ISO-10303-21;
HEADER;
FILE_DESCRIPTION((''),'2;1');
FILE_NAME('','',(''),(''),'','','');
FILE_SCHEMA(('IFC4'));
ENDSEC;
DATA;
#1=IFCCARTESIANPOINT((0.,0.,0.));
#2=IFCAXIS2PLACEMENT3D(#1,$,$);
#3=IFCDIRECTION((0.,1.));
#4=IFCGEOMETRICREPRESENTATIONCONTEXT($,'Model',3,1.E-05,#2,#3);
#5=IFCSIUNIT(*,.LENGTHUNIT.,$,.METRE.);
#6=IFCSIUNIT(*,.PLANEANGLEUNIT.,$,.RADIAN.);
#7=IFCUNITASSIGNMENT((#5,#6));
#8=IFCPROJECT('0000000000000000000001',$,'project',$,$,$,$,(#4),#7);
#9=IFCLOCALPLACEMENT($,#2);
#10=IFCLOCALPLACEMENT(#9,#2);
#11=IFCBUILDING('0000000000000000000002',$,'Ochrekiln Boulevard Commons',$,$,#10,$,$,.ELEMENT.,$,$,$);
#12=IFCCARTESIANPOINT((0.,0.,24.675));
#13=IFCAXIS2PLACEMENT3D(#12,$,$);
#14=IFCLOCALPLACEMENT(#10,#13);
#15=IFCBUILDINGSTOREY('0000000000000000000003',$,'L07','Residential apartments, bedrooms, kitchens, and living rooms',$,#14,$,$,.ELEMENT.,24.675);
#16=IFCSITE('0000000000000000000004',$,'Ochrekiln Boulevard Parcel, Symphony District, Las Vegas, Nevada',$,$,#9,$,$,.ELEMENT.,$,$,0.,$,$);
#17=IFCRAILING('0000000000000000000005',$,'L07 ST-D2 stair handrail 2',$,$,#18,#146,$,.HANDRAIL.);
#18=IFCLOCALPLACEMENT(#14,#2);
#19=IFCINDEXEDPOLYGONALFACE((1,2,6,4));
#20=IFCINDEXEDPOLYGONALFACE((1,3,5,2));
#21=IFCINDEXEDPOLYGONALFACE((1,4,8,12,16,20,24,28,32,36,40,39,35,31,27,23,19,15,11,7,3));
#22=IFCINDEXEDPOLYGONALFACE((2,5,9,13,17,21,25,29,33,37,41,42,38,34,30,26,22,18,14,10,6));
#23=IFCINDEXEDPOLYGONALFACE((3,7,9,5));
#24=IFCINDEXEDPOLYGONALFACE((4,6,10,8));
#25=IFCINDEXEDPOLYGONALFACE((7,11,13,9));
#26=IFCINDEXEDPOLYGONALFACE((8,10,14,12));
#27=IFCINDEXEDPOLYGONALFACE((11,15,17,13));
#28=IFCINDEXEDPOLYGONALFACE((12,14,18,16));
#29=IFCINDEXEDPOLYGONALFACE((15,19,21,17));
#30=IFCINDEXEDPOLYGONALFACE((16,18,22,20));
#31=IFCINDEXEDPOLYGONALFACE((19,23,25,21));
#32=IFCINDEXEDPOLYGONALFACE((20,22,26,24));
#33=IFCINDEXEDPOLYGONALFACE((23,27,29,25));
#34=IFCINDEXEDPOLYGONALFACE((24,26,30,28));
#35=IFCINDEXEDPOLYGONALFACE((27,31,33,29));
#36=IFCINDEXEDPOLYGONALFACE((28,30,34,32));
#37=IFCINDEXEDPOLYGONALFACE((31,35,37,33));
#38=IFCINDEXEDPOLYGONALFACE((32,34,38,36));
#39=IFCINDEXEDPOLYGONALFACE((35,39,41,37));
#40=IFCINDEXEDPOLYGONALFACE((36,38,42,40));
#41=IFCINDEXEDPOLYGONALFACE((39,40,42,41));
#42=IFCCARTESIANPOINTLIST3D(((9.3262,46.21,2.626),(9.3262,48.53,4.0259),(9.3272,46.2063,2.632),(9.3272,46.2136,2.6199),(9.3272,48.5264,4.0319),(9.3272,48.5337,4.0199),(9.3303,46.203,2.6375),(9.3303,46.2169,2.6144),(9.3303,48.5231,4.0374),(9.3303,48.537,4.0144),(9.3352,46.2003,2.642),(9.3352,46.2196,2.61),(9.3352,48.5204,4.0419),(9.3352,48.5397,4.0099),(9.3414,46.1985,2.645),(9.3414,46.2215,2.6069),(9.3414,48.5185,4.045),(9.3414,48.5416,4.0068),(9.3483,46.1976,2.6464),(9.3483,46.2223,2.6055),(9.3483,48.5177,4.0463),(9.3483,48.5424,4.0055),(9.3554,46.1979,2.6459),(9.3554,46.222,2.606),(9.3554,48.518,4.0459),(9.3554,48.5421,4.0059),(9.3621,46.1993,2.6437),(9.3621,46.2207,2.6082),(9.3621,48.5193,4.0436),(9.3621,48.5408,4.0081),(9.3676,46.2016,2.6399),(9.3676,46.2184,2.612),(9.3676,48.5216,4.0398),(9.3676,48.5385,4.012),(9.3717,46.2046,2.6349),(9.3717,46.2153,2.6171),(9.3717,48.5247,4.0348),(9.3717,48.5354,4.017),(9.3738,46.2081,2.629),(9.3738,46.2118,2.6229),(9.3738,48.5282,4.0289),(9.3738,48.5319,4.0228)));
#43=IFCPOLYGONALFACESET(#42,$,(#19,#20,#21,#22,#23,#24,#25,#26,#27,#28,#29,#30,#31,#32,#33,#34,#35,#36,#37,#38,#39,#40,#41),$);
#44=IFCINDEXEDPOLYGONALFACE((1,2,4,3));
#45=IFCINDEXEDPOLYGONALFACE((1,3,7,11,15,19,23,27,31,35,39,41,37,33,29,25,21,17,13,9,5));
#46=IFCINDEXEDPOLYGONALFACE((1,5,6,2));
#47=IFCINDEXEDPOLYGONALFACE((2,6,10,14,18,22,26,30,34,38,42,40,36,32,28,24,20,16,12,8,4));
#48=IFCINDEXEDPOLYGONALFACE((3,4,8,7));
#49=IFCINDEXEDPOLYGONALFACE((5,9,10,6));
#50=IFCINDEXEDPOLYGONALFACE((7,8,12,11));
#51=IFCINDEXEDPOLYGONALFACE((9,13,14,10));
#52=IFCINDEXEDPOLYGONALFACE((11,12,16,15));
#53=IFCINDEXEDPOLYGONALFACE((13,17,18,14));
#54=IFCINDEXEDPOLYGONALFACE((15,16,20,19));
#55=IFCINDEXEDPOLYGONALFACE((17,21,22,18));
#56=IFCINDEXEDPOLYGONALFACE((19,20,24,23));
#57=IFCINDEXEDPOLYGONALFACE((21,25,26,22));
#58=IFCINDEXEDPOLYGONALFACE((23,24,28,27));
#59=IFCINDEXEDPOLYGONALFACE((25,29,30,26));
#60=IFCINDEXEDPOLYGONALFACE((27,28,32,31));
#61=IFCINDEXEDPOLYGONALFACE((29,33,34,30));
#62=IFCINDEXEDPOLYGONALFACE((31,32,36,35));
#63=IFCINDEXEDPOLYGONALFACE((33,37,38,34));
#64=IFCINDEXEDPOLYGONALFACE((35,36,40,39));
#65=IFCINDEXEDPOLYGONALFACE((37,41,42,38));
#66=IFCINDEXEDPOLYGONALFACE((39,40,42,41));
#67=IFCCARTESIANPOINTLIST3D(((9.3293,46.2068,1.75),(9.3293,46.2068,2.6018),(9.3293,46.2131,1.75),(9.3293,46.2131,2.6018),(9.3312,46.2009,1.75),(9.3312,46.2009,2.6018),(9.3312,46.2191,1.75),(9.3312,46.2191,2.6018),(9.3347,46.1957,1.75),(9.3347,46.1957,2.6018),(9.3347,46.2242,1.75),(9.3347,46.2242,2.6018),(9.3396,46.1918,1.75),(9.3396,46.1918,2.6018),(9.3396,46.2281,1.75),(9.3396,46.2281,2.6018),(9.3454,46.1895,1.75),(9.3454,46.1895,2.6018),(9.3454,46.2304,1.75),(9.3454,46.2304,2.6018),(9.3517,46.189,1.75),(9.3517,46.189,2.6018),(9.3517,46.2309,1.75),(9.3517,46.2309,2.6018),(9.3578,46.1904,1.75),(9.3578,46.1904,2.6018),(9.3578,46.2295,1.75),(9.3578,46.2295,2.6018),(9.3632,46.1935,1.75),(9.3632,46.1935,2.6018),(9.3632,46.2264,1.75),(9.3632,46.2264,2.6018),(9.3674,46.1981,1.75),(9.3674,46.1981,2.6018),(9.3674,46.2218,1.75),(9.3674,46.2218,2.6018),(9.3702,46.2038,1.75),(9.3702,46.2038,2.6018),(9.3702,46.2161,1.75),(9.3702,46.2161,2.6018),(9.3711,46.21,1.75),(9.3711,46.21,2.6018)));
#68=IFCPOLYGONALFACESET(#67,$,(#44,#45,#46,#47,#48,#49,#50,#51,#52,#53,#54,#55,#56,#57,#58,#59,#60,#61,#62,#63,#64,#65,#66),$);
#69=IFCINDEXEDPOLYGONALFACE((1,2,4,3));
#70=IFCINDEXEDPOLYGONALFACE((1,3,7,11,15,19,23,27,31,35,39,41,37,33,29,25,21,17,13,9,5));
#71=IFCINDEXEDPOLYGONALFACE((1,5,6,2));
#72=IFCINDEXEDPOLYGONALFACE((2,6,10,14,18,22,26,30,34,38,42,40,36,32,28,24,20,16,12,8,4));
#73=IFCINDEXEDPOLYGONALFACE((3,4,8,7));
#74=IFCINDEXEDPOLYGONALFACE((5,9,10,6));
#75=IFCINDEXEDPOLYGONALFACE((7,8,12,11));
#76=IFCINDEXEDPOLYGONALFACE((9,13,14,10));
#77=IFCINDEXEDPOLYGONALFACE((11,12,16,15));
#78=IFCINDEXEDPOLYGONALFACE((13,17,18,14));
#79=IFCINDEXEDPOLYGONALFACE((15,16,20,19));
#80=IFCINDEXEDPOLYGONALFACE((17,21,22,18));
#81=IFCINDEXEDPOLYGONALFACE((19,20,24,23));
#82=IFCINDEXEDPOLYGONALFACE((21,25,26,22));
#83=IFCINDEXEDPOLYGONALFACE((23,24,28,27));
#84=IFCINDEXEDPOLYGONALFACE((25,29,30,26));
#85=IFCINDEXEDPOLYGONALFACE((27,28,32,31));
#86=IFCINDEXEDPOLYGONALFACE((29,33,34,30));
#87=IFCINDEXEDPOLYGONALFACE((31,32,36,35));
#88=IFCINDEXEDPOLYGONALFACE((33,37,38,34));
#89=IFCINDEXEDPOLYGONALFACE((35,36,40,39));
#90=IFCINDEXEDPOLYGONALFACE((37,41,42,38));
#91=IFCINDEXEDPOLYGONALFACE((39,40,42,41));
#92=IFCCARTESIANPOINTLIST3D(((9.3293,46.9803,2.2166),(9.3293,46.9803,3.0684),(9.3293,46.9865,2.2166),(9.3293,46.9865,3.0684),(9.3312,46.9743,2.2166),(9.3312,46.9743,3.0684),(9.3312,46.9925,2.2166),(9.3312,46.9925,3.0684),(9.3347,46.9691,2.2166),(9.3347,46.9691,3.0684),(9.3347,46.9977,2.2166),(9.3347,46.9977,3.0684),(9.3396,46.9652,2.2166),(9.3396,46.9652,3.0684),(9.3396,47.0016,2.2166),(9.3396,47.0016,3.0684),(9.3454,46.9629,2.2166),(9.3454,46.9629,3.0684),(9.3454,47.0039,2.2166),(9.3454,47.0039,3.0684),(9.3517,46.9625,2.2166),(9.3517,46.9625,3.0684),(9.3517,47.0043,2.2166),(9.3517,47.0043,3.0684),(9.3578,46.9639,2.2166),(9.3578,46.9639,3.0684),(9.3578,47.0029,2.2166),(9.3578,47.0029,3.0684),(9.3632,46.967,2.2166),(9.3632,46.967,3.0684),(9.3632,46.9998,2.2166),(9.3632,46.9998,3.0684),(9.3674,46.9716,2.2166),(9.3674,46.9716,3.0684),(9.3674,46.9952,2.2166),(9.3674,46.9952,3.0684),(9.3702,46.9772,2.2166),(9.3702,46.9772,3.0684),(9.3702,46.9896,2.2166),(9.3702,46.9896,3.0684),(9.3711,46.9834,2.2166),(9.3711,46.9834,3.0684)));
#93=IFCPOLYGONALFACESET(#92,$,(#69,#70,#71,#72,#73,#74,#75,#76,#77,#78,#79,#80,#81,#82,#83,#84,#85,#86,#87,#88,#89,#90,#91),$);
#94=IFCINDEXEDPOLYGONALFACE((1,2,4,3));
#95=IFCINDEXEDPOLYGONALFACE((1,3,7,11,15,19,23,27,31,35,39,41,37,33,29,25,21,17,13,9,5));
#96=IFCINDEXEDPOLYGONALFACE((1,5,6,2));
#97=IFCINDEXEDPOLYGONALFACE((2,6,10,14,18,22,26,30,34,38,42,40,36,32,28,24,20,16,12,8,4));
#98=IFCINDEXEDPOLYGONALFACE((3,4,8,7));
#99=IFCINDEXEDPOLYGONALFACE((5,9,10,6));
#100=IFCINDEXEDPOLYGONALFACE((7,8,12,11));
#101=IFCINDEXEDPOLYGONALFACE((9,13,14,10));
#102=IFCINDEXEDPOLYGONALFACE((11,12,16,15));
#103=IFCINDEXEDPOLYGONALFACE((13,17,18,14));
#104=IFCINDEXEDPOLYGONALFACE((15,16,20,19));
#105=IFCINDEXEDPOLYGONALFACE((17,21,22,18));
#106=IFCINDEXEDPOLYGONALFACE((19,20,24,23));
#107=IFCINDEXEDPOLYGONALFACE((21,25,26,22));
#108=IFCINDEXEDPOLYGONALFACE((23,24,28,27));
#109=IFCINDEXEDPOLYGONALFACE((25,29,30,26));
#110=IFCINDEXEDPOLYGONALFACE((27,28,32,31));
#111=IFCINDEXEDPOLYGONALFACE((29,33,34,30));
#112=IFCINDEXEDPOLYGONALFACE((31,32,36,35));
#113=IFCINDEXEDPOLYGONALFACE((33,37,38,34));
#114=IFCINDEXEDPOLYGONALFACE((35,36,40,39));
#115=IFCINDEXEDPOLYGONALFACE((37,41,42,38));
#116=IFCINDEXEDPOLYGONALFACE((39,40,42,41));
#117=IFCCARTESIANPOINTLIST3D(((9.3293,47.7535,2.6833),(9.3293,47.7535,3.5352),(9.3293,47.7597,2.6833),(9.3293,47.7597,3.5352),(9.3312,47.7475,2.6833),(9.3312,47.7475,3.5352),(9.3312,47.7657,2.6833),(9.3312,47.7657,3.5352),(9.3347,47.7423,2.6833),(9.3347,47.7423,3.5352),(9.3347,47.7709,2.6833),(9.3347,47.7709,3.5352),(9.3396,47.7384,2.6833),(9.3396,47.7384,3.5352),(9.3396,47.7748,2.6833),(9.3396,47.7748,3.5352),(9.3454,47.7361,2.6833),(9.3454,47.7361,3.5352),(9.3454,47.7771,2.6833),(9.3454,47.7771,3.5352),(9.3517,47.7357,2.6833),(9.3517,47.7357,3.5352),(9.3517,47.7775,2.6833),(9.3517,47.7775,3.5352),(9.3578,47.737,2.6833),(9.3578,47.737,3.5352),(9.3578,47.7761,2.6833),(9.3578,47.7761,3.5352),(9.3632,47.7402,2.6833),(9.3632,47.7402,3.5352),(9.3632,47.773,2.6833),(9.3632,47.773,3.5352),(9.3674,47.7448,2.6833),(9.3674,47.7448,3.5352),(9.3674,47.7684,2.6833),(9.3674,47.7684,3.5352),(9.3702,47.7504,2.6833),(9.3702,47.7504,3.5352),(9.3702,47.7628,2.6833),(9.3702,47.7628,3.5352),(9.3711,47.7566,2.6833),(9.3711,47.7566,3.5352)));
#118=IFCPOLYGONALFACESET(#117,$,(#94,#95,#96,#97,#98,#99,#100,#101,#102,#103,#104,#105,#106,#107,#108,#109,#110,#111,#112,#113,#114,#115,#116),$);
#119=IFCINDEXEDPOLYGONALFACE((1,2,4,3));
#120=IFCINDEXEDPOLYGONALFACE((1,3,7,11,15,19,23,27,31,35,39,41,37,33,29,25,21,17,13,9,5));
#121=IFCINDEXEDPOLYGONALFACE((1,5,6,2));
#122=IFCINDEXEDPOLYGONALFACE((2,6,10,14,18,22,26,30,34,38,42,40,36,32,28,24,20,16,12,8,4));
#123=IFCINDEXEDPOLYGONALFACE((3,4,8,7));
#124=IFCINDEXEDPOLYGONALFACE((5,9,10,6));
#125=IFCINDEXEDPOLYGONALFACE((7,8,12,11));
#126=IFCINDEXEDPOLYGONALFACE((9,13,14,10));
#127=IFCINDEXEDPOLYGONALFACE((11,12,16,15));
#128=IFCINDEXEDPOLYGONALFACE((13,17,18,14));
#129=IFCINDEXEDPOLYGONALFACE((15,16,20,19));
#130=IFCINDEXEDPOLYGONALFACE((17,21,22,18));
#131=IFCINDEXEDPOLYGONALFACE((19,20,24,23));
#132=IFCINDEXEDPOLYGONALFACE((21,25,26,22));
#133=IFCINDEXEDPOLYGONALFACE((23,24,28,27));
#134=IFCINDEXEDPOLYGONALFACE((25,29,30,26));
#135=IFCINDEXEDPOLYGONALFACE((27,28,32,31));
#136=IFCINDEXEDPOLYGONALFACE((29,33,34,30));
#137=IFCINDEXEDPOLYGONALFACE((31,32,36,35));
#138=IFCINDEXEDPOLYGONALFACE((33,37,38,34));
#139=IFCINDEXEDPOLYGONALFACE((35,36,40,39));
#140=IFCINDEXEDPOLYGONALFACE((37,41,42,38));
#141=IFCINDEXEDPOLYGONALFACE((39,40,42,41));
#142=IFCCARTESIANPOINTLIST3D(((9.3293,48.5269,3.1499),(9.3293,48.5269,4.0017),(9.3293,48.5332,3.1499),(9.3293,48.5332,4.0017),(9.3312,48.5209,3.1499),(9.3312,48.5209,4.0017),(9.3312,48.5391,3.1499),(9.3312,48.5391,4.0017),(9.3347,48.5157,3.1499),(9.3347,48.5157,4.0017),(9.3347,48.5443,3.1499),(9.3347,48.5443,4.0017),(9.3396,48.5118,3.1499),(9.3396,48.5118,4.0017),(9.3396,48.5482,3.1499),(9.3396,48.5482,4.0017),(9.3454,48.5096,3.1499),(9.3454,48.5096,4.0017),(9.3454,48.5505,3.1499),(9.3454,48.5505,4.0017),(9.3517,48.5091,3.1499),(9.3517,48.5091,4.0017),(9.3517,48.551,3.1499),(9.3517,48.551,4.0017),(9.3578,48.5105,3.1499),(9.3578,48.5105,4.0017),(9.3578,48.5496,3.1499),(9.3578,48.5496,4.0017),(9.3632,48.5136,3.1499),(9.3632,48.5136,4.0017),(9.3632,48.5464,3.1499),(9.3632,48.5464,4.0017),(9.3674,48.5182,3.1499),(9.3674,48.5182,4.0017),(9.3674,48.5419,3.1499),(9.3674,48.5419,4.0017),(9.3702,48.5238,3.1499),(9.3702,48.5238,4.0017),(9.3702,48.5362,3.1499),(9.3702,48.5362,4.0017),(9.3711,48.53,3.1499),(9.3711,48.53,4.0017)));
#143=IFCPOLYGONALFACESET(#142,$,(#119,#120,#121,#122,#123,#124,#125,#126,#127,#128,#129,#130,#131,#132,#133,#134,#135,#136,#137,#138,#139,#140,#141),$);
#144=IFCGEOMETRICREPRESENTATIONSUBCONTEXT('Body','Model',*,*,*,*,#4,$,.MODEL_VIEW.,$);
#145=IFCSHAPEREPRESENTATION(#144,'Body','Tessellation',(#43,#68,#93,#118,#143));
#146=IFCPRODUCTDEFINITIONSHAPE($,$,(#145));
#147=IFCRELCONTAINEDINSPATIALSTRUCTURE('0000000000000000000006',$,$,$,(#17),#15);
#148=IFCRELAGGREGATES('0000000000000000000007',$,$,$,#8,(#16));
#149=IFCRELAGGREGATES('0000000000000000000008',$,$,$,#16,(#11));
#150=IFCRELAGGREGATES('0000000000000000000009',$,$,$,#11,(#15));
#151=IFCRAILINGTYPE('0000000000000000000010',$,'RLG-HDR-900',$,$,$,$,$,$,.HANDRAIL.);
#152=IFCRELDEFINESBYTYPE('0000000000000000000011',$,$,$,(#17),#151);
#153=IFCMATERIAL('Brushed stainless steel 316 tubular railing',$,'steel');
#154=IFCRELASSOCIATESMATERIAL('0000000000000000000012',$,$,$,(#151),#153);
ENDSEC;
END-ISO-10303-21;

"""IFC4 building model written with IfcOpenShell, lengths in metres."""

from ifc_helpers import new_model, si_unit, direction, frame, origin, origin_2d, place, context, subcontext, project, spatial, circle, extrude, material, type_object, element, save


model = new_model("IFC4")

# Units and contexts
model_context = context("Model", 3, precision=1e-05, world=origin(), true_north=direction((0.0, 1.0)))
body_context = subcontext(model_context, "Body", "Model", "MODEL_VIEW")
ifc_project = project(units=[si_unit("LENGTHUNIT", "METRE"), si_unit("PLANEANGLEUNIT", "RADIAN")], contexts=[model_context])

# Site, building, storey
site_placement = place(None, origin())
site = spatial("IfcSite", under=ifc_project, at=site_placement, Name="Ochrekiln Boulevard Parcel, Symphony District, Las Vegas, Nevada", CompositionType="ELEMENT", RefElevation=0.0)
building_placement = place(site_placement, origin())
building = spatial("IfcBuilding", under=site, at=building_placement, Name="Ochrekiln Boulevard Commons", CompositionType="ELEMENT")
storey_placement = place(building_placement, frame((0.0, 0.0, 24.675)))
storey = spatial("IfcBuildingStorey", under=building, at=storey_placement, Name="L07", Description="Residential apartments, bedrooms, kitchens, and living rooms", CompositionType="ELEMENT", Elevation=24.675)

# Railing
ifc_material_1 = material(Name="Brushed stainless steel 316 tubular railing", Category="steel")
railing_type = type_object("IfcRailingType", Name="RLG-HDR-900", PredefinedType="HANDRAIL", material=ifc_material_1)
railing_placement = place(storey_placement, frame((9.3501, 46.21, 1.75)))
element("IfcRailing", 1, at=railing_placement, inside=storey, type_object=railing_type, Name="L07 ST-D2 stair handrail 2", PredefinedType="HANDRAIL", context=body_context, shape_type="SweptSolid", body=[
    extrude(circle(Radius=0.0239, at=origin_2d()), frame((0.0, 0.0, 0.876), z_axis=(0.0, 0.85621, 0.516627), x_axis=(-1.0, 0.0, 0.0)), (0.0, 0.0, 1.0), 2.7097),
    extrude(circle(Radius=0.021, at=origin_2d()), origin(), (0.0, 0.0, 1.0), 0.8518),
    extrude(circle(Radius=0.021, at=origin_2d()), frame((0.0, 0.7734, 0.4666)), (0.0, 0.0, 1.0), 0.8518),
    extrude(circle(Radius=0.021, at=origin_2d()), frame((0.0, 1.5466, 0.9333)), (0.0, 0.0, 1.0), 0.8518),
    extrude(circle(Radius=0.021, at=origin_2d()), frame((0.0, 2.3201, 1.3999)), (0.0, 0.0, 1.0), 0.8518),
])

save(model, "model.ifc")
